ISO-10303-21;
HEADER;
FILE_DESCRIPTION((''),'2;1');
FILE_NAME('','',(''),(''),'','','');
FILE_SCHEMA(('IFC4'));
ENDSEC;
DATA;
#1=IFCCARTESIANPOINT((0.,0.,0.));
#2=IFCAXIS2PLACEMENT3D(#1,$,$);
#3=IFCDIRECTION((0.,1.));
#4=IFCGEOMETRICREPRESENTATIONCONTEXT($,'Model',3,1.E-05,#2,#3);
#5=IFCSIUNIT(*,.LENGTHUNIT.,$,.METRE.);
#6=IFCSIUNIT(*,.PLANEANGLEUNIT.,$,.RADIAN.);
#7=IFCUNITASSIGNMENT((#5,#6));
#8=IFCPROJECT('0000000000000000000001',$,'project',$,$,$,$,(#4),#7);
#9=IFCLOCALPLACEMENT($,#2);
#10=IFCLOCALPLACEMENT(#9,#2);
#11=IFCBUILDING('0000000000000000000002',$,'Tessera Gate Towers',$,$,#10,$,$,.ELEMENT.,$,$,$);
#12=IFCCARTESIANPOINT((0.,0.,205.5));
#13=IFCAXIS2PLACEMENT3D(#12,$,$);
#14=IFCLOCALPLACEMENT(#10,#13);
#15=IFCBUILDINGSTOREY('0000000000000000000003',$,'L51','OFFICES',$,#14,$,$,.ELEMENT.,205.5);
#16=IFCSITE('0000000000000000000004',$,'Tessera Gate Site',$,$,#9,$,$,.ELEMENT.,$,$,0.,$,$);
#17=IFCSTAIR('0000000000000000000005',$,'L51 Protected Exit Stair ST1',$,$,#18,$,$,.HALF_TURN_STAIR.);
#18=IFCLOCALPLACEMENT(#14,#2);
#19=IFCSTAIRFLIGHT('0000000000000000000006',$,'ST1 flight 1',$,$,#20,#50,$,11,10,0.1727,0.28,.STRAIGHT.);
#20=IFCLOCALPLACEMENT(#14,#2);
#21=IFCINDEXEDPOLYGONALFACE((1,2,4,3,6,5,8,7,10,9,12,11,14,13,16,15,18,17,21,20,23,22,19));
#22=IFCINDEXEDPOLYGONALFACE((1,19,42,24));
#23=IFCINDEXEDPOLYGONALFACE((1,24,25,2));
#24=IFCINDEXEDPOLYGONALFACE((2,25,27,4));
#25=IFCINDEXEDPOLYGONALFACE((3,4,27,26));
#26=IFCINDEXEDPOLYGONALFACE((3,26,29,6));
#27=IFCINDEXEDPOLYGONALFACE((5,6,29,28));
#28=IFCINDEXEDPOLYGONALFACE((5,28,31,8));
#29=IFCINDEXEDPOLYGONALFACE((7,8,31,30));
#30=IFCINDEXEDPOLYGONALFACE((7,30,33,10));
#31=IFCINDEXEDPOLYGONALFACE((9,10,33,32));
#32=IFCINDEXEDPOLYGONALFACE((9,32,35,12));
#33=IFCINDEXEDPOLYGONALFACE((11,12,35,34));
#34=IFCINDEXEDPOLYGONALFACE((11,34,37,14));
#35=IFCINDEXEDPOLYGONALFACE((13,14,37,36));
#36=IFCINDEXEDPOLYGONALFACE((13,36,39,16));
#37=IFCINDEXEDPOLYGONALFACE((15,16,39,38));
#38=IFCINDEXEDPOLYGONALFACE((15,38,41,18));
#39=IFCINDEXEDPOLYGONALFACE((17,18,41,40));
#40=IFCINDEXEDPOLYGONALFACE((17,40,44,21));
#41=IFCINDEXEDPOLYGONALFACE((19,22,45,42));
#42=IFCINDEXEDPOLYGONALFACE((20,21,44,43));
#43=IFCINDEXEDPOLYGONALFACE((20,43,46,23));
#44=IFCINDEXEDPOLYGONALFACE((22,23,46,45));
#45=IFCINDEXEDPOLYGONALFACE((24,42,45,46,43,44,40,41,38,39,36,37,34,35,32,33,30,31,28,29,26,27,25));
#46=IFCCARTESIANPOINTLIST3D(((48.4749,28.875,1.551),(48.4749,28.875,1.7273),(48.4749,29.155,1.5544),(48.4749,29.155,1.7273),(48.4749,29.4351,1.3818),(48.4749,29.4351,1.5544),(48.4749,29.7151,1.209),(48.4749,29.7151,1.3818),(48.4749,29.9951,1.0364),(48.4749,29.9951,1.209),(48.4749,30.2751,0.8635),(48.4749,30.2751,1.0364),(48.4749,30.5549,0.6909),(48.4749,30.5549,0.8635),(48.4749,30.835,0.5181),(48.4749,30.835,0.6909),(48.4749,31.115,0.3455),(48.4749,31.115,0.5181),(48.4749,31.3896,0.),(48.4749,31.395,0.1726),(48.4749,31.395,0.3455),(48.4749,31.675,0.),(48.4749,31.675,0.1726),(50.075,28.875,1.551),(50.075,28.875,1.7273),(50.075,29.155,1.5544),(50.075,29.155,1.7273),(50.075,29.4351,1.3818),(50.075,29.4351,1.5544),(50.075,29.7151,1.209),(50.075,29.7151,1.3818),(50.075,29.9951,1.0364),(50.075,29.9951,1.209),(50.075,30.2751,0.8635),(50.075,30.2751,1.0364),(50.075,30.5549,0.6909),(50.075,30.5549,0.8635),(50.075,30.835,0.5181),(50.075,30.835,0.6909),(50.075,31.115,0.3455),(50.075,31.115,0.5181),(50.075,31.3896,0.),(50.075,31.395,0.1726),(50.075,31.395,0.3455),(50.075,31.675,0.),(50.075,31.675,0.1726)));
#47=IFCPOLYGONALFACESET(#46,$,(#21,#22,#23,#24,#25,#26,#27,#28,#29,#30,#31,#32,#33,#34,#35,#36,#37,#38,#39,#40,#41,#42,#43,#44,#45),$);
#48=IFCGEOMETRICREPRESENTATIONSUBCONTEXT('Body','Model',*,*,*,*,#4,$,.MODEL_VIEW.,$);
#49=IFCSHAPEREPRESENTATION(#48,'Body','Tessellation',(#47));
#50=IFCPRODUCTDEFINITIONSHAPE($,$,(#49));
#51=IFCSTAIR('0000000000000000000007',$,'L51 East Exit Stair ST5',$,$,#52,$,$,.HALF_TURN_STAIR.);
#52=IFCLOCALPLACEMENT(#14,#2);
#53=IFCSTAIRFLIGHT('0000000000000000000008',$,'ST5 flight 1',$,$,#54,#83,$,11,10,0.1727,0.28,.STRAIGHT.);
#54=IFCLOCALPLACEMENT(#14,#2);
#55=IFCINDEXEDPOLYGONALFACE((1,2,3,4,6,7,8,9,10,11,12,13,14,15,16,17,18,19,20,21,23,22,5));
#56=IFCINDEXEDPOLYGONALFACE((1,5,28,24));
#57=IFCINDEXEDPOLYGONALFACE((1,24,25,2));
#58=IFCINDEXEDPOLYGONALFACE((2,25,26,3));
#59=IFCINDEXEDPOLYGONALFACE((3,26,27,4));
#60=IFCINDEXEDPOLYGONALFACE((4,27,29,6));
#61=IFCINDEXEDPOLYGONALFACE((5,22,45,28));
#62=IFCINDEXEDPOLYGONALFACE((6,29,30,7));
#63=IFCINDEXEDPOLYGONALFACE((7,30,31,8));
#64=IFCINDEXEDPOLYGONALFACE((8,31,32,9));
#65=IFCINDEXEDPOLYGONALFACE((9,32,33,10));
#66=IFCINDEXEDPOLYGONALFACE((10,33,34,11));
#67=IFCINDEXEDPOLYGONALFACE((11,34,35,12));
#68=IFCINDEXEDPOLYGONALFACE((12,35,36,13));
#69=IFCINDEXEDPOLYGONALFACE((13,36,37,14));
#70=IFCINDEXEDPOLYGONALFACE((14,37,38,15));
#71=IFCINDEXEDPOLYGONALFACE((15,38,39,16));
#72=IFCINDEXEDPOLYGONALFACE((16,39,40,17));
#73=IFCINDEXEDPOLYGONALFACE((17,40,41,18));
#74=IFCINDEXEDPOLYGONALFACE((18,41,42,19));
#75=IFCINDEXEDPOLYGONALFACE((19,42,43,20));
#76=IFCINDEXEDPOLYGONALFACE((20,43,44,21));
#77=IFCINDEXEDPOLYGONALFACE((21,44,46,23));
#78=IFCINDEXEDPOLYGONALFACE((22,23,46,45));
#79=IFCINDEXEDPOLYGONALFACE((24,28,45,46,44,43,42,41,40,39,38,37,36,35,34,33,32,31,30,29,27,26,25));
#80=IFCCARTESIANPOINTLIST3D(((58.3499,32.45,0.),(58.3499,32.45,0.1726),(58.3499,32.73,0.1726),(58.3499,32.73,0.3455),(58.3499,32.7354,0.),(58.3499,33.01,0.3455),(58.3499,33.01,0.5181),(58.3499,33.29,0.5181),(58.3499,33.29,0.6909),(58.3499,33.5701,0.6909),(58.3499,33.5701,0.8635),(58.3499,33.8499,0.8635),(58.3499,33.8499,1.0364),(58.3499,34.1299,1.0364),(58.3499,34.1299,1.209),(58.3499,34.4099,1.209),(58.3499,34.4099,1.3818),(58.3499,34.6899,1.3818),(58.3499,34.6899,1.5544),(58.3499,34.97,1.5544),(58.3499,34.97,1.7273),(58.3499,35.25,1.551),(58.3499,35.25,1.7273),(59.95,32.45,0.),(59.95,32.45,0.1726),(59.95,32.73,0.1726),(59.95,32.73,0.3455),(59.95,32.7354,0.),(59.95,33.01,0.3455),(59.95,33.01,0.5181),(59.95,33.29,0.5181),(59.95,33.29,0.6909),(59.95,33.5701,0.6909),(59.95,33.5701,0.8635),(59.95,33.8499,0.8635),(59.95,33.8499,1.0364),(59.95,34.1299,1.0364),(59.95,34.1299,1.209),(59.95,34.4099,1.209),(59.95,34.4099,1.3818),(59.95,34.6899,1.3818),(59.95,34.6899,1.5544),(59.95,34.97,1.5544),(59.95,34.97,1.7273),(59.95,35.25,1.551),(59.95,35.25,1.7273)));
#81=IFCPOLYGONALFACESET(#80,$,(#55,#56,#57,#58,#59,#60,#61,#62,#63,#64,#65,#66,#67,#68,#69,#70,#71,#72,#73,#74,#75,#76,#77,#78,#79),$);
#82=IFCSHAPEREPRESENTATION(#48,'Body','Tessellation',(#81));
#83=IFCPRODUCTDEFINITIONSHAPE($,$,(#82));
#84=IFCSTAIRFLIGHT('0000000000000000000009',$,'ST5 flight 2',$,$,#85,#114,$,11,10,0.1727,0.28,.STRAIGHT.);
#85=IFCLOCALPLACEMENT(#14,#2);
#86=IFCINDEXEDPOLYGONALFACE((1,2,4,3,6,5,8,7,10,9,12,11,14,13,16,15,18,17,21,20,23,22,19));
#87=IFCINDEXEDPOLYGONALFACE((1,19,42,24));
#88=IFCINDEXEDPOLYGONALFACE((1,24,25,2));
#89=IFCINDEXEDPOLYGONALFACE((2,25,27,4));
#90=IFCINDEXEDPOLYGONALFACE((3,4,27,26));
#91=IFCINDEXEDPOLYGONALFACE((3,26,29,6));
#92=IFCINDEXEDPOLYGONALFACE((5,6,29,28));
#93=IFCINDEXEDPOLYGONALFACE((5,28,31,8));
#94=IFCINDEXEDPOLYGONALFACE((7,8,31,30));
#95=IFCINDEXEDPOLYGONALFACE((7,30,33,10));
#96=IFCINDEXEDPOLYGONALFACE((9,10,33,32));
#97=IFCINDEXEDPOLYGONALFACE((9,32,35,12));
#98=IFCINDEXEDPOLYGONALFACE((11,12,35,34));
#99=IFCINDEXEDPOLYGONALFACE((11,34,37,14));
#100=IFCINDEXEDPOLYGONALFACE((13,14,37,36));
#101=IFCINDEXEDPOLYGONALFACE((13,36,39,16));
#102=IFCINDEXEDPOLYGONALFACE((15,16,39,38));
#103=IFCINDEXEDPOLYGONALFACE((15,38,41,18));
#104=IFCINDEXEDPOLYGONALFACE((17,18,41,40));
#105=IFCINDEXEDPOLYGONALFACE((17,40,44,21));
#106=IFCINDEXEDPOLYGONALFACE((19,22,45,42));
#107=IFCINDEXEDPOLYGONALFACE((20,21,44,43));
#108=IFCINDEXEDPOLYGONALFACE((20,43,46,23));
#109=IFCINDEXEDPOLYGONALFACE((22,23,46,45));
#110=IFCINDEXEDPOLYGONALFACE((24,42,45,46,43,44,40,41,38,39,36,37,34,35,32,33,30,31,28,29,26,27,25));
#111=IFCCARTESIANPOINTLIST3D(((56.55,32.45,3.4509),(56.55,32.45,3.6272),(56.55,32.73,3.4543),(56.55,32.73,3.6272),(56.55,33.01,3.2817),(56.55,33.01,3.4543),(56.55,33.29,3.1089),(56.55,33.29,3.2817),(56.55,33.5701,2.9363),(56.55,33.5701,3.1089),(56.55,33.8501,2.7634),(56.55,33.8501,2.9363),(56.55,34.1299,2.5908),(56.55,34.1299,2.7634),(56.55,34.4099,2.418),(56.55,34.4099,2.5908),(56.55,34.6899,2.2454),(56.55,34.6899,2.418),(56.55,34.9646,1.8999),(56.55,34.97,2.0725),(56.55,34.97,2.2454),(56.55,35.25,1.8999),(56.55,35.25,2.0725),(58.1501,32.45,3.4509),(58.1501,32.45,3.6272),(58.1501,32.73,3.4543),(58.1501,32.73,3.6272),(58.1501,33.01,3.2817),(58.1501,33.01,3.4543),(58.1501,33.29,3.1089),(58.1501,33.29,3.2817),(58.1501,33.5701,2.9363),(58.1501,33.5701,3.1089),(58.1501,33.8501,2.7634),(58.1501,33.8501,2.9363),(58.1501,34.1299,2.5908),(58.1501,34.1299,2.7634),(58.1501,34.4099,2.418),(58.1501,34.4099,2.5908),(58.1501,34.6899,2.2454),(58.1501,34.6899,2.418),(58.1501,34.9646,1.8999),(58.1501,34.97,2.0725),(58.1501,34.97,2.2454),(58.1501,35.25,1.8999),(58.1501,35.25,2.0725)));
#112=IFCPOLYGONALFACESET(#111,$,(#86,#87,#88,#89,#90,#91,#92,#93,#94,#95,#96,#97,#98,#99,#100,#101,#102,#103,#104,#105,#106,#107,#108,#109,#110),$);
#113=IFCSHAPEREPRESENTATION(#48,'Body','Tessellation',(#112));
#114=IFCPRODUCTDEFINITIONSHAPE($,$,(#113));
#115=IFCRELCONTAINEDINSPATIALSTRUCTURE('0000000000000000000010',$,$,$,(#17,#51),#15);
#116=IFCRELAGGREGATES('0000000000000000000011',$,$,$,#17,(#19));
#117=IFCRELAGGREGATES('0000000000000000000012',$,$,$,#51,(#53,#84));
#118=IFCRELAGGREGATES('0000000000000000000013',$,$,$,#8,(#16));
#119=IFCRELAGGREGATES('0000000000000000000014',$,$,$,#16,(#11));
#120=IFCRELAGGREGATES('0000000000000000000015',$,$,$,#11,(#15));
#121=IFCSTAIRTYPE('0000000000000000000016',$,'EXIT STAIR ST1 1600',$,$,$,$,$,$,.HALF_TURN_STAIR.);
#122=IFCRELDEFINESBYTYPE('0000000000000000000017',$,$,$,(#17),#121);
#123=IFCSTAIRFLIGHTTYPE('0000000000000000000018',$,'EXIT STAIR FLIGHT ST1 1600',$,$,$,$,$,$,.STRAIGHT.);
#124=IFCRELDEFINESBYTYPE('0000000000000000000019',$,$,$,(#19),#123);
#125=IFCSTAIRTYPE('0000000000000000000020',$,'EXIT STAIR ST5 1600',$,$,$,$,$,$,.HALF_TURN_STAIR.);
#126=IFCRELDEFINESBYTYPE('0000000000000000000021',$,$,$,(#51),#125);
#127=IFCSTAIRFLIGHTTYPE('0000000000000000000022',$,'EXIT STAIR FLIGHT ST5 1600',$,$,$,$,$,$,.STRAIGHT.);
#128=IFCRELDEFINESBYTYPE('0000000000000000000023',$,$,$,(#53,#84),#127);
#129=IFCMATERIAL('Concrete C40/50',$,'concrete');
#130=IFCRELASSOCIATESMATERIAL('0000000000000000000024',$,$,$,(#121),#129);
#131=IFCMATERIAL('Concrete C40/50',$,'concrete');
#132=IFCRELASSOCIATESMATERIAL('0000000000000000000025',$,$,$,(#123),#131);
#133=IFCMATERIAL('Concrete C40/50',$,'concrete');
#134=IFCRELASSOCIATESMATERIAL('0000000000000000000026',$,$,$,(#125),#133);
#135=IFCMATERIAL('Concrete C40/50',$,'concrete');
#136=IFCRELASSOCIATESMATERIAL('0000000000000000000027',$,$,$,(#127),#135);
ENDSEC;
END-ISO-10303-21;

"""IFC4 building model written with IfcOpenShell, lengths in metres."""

from ifc_helpers import new_model, si_unit, direction, frame, origin, place, context, subcontext, project, spatial, polyline, outline, extrude, material, type_object, element, aggregate, save


model = new_model("IFC4")

# Units and contexts
model_context = context("Model", 3, precision=1e-05, world=origin(), true_north=direction((0.0, 1.0)))
body_context = subcontext(model_context, "Body", "Model", "MODEL_VIEW")
ifc_project = project(units=[si_unit("LENGTHUNIT", "METRE"), si_unit("PLANEANGLEUNIT", "RADIAN")], contexts=[model_context])

# Site, building, storey
site_placement = place(None, origin())
site = spatial("IfcSite", under=ifc_project, at=site_placement, Name="Tessera Gate Site", CompositionType="ELEMENT", RefElevation=0.0)
building_placement = place(site_placement, origin())
building = spatial("IfcBuilding", under=site, at=building_placement, Name="Tessera Gate Towers", CompositionType="ELEMENT")
storey_placement = place(building_placement, frame((0.0, 0.0, 205.5)))
storey = spatial("IfcBuildingStorey", under=building, at=storey_placement, Name="L51", Description="OFFICES", CompositionType="ELEMENT", Elevation=205.5)

# Stair, stair flight
ifc_material_1 = material(Name="Concrete C40/50", Category="concrete")
stair_type_1 = type_object("IfcStairType", Name="EXIT STAIR ST1 1600", PredefinedType="HALF_TURN_STAIR", material=ifc_material_1)
stair_1_placement = place(storey_placement, origin())
stair_1 = element("IfcStair", 1, at=stair_1_placement, inside=storey, type_object=stair_type_1, Name="L51 Protected Exit Stair ST1", PredefinedType="HALF_TURN_STAIR")
ifc_material_2 = material(Name="Concrete C40/50", Category="concrete")
stair_flight_type_1 = type_object("IfcStairFlightType", Name="EXIT STAIR FLIGHT ST1 1600", PredefinedType="STRAIGHT", material=ifc_material_2)
stair_flight_1_placement = place(storey_placement, frame((49.2749, 31.675, 0.0), z_axis=(0.0, 0.0, 1.0), x_axis=(0.0, -1.0, 0.0)))
stair_flight_1 = element("IfcStairFlight", 2, at=stair_flight_1_placement, type_object=stair_flight_type_1, Name="ST1 flight 1", NumberOfRisers=11, NumberOfTreads=10, PredefinedType="STRAIGHT", RiserHeight=0.1727, TreadLength=0.28, context=body_context, shape_type="SweptSolid", body=[
    extrude(outline(polyline([(0.0, 0.0), (0.0, 0.1726), (0.28, 0.1726), (0.28, 0.3455), (0.5601, 0.3455), (0.5601, 0.5181), (0.8401, 0.5181), (0.8401, 0.6909), (1.1201, 0.6909), (1.1201, 0.8635), (1.3999, 0.8635), (1.3999, 1.0364), (1.6799, 1.0364), (1.6799, 1.209), (1.96, 1.209), (1.96, 1.3818), (2.24, 1.3818), (2.24, 1.5544), (2.52, 1.5544), (2.52, 1.7273), (2.8, 1.7273), (2.8, 1.8999), (2.8, 1.551), (0.2854, 0.0), (0.0, 0.0)])), frame((0.0, 0.8, 0.0), z_axis=(0.0, -1.0, 0.0), x_axis=(1.0, 0.0, 0.0)), (0.0, 0.0, 1.0), 1.6001),
])
aggregate(stair_1, [stair_flight_1])

# Stair, stair flights
ifc_material_3 = material(Name="Concrete C40/50", Category="concrete")
stair_type_2 = type_object("IfcStairType", Name="EXIT STAIR ST5 1600", PredefinedType="HALF_TURN_STAIR", material=ifc_material_3)
stair_2_placement = place(storey_placement, origin())
stair_2 = element("IfcStair", 3, at=stair_2_placement, inside=storey, type_object=stair_type_2, Name="L51 East Exit Stair ST5", PredefinedType="HALF_TURN_STAIR")
ifc_material_4 = material(Name="Concrete C40/50", Category="concrete")
stair_flight_type_2 = type_object("IfcStairFlightType", Name="EXIT STAIR FLIGHT ST5 1600", PredefinedType="STRAIGHT", material=ifc_material_4)
stair_flight_2_placement = place(storey_placement, frame((59.1499, 32.45, 0.0), z_axis=(0.0, 0.0, 1.0), x_axis=(0.0, 1.0, 0.0)))
stair_flight_2 = element("IfcStairFlight", 4, at=stair_flight_2_placement, type_object=stair_flight_type_2, Name="ST5 flight 1", NumberOfRisers=11, NumberOfTreads=10, PredefinedType="STRAIGHT", RiserHeight=0.1727, TreadLength=0.28, context=body_context, shape_type="SweptSolid", body=[
    extrude(outline(polyline([(0.0, 0.0), (0.0, 0.1726), (0.28, 0.1726), (0.28, 0.3455), (0.5601, 0.3455), (0.5601, 0.5181), (0.8401, 0.5181), (0.8401, 0.6909), (1.1201, 0.6909), (1.1201, 0.8635), (1.3999, 0.8635), (1.3999, 1.0364), (1.6799, 1.0364), (1.6799, 1.209), (1.96, 1.209), (1.96, 1.3818), (2.24, 1.3818), (2.24, 1.5544), (2.52, 1.5544), (2.52, 1.7273), (2.8, 1.7273), (2.8, 1.8999), (2.8, 1.551), (0.2854, 0.0), (0.0, 0.0)])), frame((0.0, 0.8, 0.0), z_axis=(0.0, -1.0, 0.0), x_axis=(1.0, 0.0, 0.0)), (0.0, 0.0, 1.0), 1.6001),
])
stair_flight_3_placement = place(storey_placement, frame((57.3501, 35.25, 1.8999), z_axis=(0.0, 0.0, 1.0), x_axis=(0.0, -1.0, 0.0)))
stair_flight_3 = element("IfcStairFlight", 5, at=stair_flight_3_placement, type_object=stair_flight_type_2, Name="ST5 flight 2", NumberOfRisers=11, NumberOfTreads=10, PredefinedType="STRAIGHT", RiserHeight=0.1727, TreadLength=0.28, context=body_context, shape_type="SweptSolid", body=[
    extrude(outline(polyline([(0.0, 0.0), (0.0, 0.1726), (0.28, 0.1726), (0.28, 0.3455), (0.5601, 0.3455), (0.5601, 0.5181), (0.8401, 0.5181), (0.8401, 0.6909), (1.1201, 0.6909), (1.1201, 0.8635), (1.3999, 0.8635), (1.3999, 1.0364), (1.6799, 1.0364), (1.6799, 1.209), (1.96, 1.209), (1.96, 1.3818), (2.24, 1.3818), (2.24, 1.5544), (2.52, 1.5544), (2.52, 1.7273), (2.8, 1.7273), (2.8, 1.8999), (2.8, 1.551), (0.2854, 0.0), (0.0, 0.0)])), frame((0.0, 0.8, 0.0), z_axis=(0.0, -1.0, 0.0), x_axis=(1.0, 0.0, 0.0)), (0.0, 0.0, 1.0), 1.6001),
])
aggregate(stair_2, [stair_flight_2, stair_flight_3])

save(model, "model.ifc")
